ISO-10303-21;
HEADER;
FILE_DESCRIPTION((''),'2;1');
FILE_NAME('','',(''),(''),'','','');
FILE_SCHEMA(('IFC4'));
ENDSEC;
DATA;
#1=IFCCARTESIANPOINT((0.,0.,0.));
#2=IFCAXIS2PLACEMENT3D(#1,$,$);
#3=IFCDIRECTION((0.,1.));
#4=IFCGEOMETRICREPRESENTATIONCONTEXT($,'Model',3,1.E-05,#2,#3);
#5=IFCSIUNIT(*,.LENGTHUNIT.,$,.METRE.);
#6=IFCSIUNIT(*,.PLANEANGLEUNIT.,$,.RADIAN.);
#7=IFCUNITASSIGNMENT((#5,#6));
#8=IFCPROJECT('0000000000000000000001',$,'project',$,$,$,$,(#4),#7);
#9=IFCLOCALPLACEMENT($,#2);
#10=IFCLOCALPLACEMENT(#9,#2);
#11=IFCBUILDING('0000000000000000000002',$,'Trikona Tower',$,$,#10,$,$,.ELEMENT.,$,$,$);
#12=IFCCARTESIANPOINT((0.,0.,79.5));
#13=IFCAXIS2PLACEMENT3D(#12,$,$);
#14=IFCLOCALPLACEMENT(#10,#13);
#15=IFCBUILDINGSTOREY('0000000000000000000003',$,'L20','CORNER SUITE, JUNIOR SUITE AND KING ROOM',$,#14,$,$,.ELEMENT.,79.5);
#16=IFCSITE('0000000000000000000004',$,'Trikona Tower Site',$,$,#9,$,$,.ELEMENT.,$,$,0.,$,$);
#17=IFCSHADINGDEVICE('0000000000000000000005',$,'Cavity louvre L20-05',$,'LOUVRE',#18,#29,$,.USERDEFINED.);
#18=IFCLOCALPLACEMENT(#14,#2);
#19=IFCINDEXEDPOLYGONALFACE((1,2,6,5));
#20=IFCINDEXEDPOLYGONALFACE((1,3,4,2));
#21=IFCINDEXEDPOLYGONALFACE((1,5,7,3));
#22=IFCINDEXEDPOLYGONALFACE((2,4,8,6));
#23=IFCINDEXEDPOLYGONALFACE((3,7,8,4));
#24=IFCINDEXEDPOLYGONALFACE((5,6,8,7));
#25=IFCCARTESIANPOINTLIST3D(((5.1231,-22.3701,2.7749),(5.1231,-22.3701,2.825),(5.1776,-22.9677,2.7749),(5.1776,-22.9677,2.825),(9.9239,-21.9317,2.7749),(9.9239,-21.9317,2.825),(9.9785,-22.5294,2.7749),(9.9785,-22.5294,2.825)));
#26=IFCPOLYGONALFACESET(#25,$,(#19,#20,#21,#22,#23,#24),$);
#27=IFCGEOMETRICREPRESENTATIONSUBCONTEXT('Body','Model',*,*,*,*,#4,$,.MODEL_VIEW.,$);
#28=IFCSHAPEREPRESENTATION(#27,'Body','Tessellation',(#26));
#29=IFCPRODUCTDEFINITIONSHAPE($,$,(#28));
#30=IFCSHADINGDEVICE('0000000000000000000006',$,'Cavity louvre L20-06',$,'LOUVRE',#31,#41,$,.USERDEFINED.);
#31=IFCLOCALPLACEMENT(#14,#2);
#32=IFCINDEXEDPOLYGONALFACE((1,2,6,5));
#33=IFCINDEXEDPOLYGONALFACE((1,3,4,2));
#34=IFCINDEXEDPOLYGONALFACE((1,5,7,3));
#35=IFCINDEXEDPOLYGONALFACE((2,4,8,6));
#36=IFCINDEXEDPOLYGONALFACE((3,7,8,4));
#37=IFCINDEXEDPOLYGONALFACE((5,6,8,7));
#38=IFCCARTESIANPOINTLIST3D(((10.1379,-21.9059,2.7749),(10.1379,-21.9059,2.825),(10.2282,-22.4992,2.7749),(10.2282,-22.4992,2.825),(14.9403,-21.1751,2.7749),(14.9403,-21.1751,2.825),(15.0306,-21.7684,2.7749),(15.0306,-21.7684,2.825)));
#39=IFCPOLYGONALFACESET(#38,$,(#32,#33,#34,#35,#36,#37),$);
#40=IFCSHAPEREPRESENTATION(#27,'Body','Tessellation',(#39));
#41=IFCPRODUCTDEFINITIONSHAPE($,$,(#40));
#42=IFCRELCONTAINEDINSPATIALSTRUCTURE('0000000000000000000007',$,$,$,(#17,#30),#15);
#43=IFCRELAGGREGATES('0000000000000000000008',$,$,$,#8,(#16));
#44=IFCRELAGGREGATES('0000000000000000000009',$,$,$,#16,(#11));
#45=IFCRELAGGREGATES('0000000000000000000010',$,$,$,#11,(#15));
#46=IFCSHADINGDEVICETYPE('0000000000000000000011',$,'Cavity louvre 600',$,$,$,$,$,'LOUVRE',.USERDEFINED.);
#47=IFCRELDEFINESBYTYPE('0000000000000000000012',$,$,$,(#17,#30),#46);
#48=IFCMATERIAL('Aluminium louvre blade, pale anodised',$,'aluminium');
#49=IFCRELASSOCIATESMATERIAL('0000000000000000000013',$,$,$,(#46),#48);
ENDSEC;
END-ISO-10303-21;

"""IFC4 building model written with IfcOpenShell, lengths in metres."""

from ifc_helpers import new_model, si_unit, direction, frame, origin, origin_2d, place, context, subcontext, project, spatial, rectangle, extrude, material, type_object, element, save


model = new_model("IFC4")

# Units and contexts
model_context = context("Model", 3, precision=1e-05, world=origin(), true_north=direction((0.0, 1.0)))
body_context = subcontext(model_context, "Body", "Model", "MODEL_VIEW")
ifc_project = project(units=[si_unit("LENGTHUNIT", "METRE"), si_unit("PLANEANGLEUNIT", "RADIAN")], contexts=[model_context])

# Site, building, storey
site_placement = place(None, origin())
site = spatial("IfcSite", under=ifc_project, at=site_placement, Name="Trikona Tower Site", CompositionType="ELEMENT", RefElevation=0.0)
building_placement = place(site_placement, origin())
building = spatial("IfcBuilding", under=site, at=building_placement, Name="Trikona Tower", CompositionType="ELEMENT")
storey_placement = place(building_placement, frame((0.0, 0.0, 79.5)))
storey = spatial("IfcBuildingStorey", under=building, at=storey_placement, Name="L20", Description="CORNER SUITE, JUNIOR SUITE AND KING ROOM", CompositionType="ELEMENT", Elevation=79.5)

# Shading devices
ifc_material_1 = material(Name="Aluminium louvre blade, pale anodised", Category="aluminium")
shading_device_type = type_object("IfcShadingDeviceType", Name="Cavity louvre 600", ElementType="LOUVRE", PredefinedType="USERDEFINED", material=ifc_material_1)
shading_device_1_placement = place(storey_placement, frame((7.5508, -22.4497, 2.7749), z_axis=(0.0, 0.0, 1.0), x_axis=(0.995858, 0.090921, 0.0)))
element("IfcShadingDevice", 1, at=shading_device_1_placement, inside=storey, type_object=shading_device_type, Name="Cavity louvre L20-05", ObjectType="LOUVRE", PredefinedType="USERDEFINED", context=body_context, shape_type="SweptSolid", body=[
    extrude(rectangle(XDim=4.8208, YDim=0.6001, at=origin_2d()), origin(), (0.0, 0.0, 1.0), 0.05),
])
shading_device_2_placement = place(storey_placement, frame((12.5842, -21.8372, 2.7749), z_axis=(0.0, 0.0, 1.0), x_axis=(0.988618, 0.150448, 0.0)))
element("IfcShadingDevice", 2, at=shading_device_2_placement, inside=storey, type_object=shading_device_type, Name="Cavity louvre L20-06", ObjectType="LOUVRE", PredefinedType="USERDEFINED", context=body_context, shape_type="SweptSolid", body=[
    extrude(rectangle(XDim=4.8577, YDim=0.6001, at=origin_2d()), origin(), (0.0, 0.0, 1.0), 0.05),
])

save(model, "model.ifc")
